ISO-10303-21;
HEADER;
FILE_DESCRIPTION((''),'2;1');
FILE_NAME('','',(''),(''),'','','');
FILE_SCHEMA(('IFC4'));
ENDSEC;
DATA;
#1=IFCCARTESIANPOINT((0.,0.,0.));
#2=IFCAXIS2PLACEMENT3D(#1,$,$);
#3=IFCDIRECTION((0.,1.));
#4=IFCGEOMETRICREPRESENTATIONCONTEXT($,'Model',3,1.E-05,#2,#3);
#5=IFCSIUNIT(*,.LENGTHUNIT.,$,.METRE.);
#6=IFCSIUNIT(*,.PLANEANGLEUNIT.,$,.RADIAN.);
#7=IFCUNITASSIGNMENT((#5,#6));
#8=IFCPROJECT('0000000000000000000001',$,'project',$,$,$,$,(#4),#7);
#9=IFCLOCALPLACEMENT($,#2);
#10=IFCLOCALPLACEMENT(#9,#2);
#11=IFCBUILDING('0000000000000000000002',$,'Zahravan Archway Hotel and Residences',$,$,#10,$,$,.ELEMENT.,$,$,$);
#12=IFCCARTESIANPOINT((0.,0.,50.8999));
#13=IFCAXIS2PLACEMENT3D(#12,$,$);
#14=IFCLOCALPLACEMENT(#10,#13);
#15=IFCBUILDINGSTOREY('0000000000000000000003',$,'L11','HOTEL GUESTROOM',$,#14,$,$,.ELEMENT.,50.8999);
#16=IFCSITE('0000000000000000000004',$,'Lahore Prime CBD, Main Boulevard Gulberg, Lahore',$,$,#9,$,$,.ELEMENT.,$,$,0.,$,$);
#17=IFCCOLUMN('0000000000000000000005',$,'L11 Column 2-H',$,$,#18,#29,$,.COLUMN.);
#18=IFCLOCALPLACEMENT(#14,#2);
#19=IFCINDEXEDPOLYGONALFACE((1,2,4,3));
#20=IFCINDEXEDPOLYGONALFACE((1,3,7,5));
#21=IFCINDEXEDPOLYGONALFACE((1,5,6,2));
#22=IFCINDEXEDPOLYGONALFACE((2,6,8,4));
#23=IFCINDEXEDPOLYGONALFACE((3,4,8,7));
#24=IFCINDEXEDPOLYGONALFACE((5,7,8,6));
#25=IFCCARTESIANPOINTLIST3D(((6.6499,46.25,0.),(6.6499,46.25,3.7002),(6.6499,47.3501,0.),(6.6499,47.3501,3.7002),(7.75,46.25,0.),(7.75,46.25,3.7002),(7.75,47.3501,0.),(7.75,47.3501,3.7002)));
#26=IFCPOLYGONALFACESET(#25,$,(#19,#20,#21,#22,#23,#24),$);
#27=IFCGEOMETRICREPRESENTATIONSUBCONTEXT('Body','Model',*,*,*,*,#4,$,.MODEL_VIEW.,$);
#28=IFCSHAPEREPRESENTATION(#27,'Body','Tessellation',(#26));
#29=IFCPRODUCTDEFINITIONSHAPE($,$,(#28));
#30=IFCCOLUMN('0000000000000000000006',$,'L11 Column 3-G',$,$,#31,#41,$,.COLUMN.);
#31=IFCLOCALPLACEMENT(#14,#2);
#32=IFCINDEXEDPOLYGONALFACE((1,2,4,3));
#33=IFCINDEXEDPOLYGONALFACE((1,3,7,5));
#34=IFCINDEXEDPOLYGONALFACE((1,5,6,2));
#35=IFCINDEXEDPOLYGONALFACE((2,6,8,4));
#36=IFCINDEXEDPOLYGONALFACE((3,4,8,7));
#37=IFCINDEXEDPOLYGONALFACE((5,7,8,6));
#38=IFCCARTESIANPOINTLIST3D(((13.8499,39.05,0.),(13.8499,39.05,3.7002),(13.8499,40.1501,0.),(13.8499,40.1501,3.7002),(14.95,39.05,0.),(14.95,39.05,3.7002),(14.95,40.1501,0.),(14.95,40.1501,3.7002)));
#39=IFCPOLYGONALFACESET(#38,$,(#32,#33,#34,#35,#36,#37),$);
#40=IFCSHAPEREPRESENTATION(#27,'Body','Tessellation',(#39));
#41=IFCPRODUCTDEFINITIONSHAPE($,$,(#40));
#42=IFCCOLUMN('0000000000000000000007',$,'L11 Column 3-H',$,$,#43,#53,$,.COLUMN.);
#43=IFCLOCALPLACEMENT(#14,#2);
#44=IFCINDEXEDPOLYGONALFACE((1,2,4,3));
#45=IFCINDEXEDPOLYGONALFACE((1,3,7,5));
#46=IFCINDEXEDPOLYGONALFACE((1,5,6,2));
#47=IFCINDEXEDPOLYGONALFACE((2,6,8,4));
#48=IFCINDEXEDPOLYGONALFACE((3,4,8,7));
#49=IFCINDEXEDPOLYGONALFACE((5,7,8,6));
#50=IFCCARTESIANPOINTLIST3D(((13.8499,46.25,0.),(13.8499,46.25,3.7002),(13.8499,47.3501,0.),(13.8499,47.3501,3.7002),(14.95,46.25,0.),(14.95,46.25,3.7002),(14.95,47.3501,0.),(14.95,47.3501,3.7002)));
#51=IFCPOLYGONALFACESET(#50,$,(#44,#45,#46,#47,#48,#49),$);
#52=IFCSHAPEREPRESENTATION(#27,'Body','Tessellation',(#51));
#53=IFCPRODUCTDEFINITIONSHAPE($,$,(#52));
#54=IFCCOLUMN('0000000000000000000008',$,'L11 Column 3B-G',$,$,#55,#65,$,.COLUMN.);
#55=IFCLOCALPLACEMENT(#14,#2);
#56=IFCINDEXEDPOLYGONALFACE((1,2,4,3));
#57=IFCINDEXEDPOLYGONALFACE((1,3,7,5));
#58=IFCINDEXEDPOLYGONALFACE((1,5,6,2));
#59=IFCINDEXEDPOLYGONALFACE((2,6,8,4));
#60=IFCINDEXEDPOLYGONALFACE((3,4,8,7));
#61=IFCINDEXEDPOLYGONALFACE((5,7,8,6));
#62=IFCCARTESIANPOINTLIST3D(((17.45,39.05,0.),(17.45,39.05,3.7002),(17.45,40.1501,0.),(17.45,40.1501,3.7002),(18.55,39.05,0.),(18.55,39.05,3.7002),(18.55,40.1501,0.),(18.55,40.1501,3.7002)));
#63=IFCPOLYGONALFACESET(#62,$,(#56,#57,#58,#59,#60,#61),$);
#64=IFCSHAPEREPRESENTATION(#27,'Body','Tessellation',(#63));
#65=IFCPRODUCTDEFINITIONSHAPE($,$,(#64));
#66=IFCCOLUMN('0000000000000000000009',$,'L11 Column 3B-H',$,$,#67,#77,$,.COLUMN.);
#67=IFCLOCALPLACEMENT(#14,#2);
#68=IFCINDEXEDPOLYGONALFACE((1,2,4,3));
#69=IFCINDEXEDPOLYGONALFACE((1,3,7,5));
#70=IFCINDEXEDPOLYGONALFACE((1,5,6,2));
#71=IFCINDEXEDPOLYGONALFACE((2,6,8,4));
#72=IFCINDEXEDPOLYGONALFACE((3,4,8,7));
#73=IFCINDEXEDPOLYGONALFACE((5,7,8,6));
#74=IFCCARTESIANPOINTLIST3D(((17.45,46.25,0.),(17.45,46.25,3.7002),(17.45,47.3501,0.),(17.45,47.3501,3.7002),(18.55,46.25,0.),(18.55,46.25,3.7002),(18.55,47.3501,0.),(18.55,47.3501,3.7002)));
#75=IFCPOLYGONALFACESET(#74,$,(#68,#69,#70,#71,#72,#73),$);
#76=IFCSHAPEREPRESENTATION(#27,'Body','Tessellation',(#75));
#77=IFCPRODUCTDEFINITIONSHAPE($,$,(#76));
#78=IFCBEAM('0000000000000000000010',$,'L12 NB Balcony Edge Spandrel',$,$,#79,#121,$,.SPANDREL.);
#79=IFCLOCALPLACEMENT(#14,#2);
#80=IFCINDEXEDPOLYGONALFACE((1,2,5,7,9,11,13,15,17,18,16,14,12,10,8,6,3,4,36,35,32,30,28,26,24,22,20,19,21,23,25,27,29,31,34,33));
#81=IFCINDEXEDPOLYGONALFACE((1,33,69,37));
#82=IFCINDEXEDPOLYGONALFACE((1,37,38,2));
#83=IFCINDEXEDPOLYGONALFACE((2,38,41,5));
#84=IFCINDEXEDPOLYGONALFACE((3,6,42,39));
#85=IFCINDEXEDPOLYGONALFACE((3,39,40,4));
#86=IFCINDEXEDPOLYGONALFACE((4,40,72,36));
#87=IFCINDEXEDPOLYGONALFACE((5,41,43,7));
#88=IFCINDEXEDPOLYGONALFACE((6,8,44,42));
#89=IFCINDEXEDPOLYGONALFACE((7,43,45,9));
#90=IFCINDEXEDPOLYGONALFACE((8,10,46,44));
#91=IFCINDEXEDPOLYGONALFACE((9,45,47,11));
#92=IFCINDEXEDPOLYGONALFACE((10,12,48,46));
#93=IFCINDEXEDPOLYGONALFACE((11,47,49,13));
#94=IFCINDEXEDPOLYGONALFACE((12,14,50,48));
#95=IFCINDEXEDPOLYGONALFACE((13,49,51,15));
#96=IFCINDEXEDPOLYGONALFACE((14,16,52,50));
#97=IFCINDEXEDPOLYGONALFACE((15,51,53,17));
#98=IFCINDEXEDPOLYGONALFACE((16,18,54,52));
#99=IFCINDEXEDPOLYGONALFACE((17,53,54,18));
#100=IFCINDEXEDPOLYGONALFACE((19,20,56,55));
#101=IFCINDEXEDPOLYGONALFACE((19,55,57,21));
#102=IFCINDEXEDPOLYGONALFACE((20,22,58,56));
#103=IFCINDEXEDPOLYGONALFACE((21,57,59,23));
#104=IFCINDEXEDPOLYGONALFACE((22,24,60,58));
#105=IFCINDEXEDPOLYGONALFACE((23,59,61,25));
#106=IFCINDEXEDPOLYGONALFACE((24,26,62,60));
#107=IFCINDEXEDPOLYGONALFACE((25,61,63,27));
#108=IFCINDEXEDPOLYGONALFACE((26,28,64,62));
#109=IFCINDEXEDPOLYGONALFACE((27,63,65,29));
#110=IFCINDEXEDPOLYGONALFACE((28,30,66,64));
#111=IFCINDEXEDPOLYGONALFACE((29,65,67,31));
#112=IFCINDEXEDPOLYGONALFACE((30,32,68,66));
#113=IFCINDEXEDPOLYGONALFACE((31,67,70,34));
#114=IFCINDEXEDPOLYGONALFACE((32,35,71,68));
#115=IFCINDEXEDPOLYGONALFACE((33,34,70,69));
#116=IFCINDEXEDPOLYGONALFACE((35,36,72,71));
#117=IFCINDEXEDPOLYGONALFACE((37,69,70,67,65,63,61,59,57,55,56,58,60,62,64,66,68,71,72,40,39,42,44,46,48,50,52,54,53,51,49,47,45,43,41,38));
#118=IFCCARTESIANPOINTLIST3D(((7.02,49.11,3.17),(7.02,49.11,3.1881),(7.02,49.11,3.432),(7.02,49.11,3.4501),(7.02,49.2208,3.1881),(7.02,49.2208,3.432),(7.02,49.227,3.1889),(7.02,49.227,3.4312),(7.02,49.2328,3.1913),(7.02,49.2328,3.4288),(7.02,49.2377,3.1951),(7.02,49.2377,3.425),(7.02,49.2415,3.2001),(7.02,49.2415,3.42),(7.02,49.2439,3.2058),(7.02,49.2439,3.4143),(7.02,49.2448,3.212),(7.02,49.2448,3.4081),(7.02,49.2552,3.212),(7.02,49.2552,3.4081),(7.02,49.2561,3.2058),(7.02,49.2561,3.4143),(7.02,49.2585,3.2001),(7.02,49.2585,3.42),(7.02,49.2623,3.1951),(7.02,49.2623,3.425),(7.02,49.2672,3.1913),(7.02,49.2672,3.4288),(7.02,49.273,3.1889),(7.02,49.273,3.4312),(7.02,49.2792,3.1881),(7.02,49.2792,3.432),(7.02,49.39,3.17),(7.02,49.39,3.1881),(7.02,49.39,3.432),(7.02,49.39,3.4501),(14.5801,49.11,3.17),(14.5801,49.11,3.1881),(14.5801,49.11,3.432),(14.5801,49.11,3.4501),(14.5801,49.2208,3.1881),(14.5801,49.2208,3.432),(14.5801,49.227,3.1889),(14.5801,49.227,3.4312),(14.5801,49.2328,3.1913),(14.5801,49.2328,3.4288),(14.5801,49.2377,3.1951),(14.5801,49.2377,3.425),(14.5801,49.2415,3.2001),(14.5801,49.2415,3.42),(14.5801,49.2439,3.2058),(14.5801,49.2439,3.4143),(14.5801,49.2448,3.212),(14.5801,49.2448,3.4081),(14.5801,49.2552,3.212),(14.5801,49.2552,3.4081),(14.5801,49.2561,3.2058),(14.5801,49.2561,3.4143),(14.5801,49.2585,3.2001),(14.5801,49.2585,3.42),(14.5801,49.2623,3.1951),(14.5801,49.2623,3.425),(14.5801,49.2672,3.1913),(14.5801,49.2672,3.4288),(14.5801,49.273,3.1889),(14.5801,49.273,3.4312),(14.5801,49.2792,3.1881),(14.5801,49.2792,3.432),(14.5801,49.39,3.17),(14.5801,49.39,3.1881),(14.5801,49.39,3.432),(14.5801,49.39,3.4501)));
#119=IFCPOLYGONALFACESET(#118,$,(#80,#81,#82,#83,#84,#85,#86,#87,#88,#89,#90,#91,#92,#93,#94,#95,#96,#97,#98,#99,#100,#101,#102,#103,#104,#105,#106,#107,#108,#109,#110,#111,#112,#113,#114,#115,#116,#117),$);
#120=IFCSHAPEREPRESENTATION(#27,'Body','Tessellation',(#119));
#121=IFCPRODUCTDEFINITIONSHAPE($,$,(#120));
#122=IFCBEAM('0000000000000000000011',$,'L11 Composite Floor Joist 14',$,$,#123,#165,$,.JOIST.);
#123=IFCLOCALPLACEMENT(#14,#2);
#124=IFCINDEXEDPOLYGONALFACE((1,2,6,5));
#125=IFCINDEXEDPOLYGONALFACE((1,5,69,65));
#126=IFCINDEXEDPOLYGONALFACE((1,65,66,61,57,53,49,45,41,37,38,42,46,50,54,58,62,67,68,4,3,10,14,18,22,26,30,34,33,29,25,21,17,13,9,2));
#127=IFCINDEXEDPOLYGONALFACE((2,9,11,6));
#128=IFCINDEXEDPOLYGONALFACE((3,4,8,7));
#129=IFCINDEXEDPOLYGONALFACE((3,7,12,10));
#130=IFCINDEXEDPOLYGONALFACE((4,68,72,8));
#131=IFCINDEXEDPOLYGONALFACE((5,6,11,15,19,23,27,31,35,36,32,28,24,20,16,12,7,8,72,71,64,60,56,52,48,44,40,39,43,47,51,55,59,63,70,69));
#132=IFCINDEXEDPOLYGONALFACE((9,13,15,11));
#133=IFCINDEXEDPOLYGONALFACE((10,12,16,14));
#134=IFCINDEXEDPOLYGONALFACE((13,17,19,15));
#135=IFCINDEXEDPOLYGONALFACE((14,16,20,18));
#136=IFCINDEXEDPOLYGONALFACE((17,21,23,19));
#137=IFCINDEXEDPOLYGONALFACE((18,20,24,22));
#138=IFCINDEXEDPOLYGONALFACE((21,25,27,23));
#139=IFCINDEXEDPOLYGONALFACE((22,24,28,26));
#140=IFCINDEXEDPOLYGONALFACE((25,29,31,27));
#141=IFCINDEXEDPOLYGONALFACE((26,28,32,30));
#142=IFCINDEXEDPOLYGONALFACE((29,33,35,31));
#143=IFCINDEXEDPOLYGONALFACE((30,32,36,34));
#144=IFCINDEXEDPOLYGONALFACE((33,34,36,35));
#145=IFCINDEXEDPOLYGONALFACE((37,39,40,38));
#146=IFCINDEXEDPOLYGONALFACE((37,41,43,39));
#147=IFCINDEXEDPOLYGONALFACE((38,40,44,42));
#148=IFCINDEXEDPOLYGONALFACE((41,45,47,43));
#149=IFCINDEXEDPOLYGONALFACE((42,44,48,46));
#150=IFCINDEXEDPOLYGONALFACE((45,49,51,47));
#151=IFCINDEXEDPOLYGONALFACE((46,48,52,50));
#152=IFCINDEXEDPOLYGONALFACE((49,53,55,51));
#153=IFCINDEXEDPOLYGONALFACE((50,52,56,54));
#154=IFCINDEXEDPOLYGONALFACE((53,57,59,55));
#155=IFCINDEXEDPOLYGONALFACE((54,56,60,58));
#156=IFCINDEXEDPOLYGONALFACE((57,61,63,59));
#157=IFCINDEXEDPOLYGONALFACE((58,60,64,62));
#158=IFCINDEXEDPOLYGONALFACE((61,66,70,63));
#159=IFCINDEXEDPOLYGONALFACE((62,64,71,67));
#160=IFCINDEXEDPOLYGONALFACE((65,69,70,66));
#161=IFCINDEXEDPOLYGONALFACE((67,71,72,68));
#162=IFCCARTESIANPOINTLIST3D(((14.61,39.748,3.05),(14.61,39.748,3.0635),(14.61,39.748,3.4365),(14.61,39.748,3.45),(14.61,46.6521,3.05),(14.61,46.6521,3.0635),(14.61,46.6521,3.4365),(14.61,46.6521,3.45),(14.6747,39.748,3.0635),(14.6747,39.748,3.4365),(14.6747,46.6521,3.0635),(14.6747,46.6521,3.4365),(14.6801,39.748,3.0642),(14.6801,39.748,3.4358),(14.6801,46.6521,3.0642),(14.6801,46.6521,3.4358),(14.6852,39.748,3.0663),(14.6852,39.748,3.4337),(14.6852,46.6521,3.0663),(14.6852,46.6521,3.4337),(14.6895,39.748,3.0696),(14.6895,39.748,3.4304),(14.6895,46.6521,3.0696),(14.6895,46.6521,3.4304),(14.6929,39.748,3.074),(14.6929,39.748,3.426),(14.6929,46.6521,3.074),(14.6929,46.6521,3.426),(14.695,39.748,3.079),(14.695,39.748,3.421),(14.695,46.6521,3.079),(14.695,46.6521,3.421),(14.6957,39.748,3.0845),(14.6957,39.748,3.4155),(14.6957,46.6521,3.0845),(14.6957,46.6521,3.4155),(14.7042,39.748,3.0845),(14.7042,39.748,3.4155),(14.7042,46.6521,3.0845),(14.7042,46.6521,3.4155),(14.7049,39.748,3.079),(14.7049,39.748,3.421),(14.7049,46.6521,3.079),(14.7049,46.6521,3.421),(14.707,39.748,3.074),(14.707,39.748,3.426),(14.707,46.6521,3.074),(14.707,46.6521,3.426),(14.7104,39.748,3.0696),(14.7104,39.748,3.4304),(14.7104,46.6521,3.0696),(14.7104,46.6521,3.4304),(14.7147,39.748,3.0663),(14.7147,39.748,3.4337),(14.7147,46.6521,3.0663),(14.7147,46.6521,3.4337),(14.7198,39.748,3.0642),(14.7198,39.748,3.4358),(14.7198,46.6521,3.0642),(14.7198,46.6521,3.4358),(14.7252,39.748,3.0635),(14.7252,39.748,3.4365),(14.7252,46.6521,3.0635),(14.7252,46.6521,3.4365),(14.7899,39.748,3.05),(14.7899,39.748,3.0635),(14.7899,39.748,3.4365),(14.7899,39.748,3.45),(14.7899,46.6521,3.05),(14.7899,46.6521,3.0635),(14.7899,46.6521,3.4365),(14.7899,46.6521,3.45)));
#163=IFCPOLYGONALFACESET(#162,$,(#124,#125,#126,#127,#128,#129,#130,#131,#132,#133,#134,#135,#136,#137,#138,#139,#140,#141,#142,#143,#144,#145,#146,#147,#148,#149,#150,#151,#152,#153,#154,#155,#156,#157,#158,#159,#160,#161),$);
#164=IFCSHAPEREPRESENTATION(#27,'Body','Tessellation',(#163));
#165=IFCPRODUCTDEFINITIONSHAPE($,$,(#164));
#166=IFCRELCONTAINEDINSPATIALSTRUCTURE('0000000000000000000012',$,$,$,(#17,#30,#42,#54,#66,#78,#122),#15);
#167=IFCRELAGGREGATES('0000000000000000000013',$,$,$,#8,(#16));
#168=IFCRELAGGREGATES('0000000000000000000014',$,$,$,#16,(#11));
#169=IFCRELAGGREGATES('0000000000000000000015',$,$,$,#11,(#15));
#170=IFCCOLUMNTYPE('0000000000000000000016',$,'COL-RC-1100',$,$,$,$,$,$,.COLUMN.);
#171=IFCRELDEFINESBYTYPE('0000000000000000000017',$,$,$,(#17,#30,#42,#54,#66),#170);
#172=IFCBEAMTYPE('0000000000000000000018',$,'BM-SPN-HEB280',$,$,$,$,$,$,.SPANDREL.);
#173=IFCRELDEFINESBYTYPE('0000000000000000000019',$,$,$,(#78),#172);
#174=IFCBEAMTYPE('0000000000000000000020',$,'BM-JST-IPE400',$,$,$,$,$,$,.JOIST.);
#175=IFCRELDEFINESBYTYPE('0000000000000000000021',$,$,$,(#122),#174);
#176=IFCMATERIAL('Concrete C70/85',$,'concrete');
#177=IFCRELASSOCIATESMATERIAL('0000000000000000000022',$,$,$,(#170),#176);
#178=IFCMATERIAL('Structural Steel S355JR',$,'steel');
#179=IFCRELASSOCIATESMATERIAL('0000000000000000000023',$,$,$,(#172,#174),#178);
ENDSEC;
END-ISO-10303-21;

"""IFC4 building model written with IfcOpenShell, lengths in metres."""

from ifc_helpers import new_model, si_unit, direction, frame, origin, origin_2d, place, context, subcontext, project, spatial, rectangle, i_section, extrude, source, transform, mapped, material, material_profile, profile_set, type_object, type_shapes, element, save


model = new_model("IFC4")

# Units and contexts
model_context = context("Model", 3, precision=1e-05, world=origin(), true_north=direction((0.0, 1.0)))
body_context = subcontext(model_context, "Body", "Model", "MODEL_VIEW")
ifc_project = project(units=[si_unit("LENGTHUNIT", "METRE"), si_unit("PLANEANGLEUNIT", "RADIAN")], contexts=[model_context])

# Site, building, storey
site_placement = place(None, origin())
site = spatial("IfcSite", under=ifc_project, at=site_placement, Name="Lahore Prime CBD, Main Boulevard Gulberg, Lahore", CompositionType="ELEMENT", RefElevation=0.0)
building_placement = place(site_placement, origin())
building = spatial("IfcBuilding", under=site, at=building_placement, Name="Zahravan Archway Hotel and Residences", CompositionType="ELEMENT")
storey_placement = place(building_placement, frame((0.0, 0.0, 50.8999)))
storey = spatial("IfcBuildingStorey", under=building, at=storey_placement, Name="L11", Description="HOTEL GUESTROOM", CompositionType="ELEMENT", Elevation=50.8999)

# Columns
ifc_material_1 = material(Name="Concrete C70/85", Category="concrete")
ifc_material_profile_1 = material_profile(ifc_material_1, rectangle(XDim=1.1001, YDim=1.1001, at=origin_2d()), Name="RC 1100x1100", Category="concrete")
ifc_profile_set_1 = profile_set([ifc_material_profile_1], Name="Concrete C70/85")
column_type = type_object("IfcColumnType", Name="COL-RC-1100", PredefinedType="COLUMN", material=ifc_profile_set_1)
shared_shape_1 = source(origin(), body_context, "Body", "SweptSolid", [
    extrude(rectangle(XDim=1.1001, YDim=1.1001, at=origin_2d()), origin(), (0.0, 0.0, 1.0), 3.7002),
])
for number, where, z_axis, x_axis, name in (
    (1, (7.2, 46.8, 0.0), (0.0, 0.0, 1.0), (1.0, 0.0, 0.0), "L11 Column 2-H"),
    (2, (14.3999, 39.6001, 0.0), (0.0, 0.0, 1.0), (1.0, 0.0, 0.0), "L11 Column 3-G"),
    (3, (14.3999, 46.8, 0.0), (0.0, 0.0, 1.0), (1.0, 0.0, 0.0), "L11 Column 3-H"),
    (4, (18.0, 39.6001, 0.0), (0.0, 0.0, 1.0), (1.0, 0.0, 0.0), "L11 Column 3B-G"),
    (5, (18.0, 46.8, 0.0), (0.0, 0.0, 1.0), (1.0, 0.0, 0.0), "L11 Column 3B-H"),
):
    element("IfcColumn", number, at=place(storey_placement, frame(where, z_axis=z_axis, x_axis=x_axis)), inside=storey, type_object=column_type, Name=name, PredefinedType="COLUMN", context=body_context, shape_type="MappedRepresentation", body=[
        mapped(shared_shape_1, transform((0.0, 0.0, 0.0), scale=1.0)),
    ])

# Beams
ifc_material_2 = material(Name="Structural Steel S355JR", Category="steel")
ifc_material_profile_2 = material_profile(ifc_material_2, i_section(OverallWidth=0.28, OverallDepth=0.28, WebThickness=0.0105, FlangeThickness=0.0181, FilletRadius=0.0239, at=origin_2d()), Name="HEB 280", Category="steel")
ifc_profile_set_2 = profile_set([ifc_material_profile_2], Name="Structural Steel S355JR")
beam_type_1 = type_object("IfcBeamType", Name="BM-SPN-HEB280", PredefinedType="SPANDREL", material=ifc_profile_set_2)
shared_shape_2 = source(origin(), body_context, "Body", "SweptSolid", [
    extrude(i_section(OverallWidth=0.28, OverallDepth=0.28, WebThickness=0.0105, FlangeThickness=0.0181, FilletRadius=0.0239, at=origin_2d()), origin(), (0.0, 0.0, 1.0), 7.5601),
])
type_shapes(beam_type_1, [shared_shape_2])
beam_1_placement = place(storey_placement, frame((7.02, 49.25, 3.3101), z_axis=(1.0, 0.0, 0.0), x_axis=(0.0, 1.0, 0.0)))
element("IfcBeam", 6, at=beam_1_placement, inside=storey, type_object=beam_type_1, Name="L12 NB Balcony Edge Spandrel", PredefinedType="SPANDREL", context=body_context, shape_type="MappedRepresentation", body=[
    mapped(shared_shape_2, transform((0.0, 0.0, 0.0), scale=1.0)),
])
ifc_material_profile_3 = material_profile(ifc_material_2, i_section(OverallWidth=0.1799, OverallDepth=0.3999, WebThickness=0.0085, FlangeThickness=0.0134, FilletRadius=0.021, at=origin_2d()), Name="IPE 400", Category="steel")
ifc_profile_set_3 = profile_set([ifc_material_profile_3], Name="Structural Steel S355JR")
beam_type_2 = type_object("IfcBeamType", Name="BM-JST-IPE400", PredefinedType="JOIST", material=ifc_profile_set_3)
shared_shape_3 = source(origin(), body_context, "Body", "SweptSolid", [
    extrude(i_section(OverallWidth=0.1799, OverallDepth=0.3999, WebThickness=0.0085, FlangeThickness=0.0134, FilletRadius=0.021, at=origin_2d()), origin(), (0.0, 0.0, 1.0), 6.9041),
])
type_shapes(beam_type_2, [shared_shape_3])
beam_2_placement = place(storey_placement, frame((14.7, 39.748, 3.25), z_axis=(0.0, 1.0, 0.0), x_axis=(-1.0, 0.0, 0.0)))
element("IfcBeam", 7, at=beam_2_placement, inside=storey, type_object=beam_type_2, Name="L11 Composite Floor Joist 14", PredefinedType="JOIST", context=body_context, shape_type="MappedRepresentation", body=[
    mapped(shared_shape_3, transform((0.0, 0.0, 0.0), scale=1.0)),
])

save(model, "model.ifc")
